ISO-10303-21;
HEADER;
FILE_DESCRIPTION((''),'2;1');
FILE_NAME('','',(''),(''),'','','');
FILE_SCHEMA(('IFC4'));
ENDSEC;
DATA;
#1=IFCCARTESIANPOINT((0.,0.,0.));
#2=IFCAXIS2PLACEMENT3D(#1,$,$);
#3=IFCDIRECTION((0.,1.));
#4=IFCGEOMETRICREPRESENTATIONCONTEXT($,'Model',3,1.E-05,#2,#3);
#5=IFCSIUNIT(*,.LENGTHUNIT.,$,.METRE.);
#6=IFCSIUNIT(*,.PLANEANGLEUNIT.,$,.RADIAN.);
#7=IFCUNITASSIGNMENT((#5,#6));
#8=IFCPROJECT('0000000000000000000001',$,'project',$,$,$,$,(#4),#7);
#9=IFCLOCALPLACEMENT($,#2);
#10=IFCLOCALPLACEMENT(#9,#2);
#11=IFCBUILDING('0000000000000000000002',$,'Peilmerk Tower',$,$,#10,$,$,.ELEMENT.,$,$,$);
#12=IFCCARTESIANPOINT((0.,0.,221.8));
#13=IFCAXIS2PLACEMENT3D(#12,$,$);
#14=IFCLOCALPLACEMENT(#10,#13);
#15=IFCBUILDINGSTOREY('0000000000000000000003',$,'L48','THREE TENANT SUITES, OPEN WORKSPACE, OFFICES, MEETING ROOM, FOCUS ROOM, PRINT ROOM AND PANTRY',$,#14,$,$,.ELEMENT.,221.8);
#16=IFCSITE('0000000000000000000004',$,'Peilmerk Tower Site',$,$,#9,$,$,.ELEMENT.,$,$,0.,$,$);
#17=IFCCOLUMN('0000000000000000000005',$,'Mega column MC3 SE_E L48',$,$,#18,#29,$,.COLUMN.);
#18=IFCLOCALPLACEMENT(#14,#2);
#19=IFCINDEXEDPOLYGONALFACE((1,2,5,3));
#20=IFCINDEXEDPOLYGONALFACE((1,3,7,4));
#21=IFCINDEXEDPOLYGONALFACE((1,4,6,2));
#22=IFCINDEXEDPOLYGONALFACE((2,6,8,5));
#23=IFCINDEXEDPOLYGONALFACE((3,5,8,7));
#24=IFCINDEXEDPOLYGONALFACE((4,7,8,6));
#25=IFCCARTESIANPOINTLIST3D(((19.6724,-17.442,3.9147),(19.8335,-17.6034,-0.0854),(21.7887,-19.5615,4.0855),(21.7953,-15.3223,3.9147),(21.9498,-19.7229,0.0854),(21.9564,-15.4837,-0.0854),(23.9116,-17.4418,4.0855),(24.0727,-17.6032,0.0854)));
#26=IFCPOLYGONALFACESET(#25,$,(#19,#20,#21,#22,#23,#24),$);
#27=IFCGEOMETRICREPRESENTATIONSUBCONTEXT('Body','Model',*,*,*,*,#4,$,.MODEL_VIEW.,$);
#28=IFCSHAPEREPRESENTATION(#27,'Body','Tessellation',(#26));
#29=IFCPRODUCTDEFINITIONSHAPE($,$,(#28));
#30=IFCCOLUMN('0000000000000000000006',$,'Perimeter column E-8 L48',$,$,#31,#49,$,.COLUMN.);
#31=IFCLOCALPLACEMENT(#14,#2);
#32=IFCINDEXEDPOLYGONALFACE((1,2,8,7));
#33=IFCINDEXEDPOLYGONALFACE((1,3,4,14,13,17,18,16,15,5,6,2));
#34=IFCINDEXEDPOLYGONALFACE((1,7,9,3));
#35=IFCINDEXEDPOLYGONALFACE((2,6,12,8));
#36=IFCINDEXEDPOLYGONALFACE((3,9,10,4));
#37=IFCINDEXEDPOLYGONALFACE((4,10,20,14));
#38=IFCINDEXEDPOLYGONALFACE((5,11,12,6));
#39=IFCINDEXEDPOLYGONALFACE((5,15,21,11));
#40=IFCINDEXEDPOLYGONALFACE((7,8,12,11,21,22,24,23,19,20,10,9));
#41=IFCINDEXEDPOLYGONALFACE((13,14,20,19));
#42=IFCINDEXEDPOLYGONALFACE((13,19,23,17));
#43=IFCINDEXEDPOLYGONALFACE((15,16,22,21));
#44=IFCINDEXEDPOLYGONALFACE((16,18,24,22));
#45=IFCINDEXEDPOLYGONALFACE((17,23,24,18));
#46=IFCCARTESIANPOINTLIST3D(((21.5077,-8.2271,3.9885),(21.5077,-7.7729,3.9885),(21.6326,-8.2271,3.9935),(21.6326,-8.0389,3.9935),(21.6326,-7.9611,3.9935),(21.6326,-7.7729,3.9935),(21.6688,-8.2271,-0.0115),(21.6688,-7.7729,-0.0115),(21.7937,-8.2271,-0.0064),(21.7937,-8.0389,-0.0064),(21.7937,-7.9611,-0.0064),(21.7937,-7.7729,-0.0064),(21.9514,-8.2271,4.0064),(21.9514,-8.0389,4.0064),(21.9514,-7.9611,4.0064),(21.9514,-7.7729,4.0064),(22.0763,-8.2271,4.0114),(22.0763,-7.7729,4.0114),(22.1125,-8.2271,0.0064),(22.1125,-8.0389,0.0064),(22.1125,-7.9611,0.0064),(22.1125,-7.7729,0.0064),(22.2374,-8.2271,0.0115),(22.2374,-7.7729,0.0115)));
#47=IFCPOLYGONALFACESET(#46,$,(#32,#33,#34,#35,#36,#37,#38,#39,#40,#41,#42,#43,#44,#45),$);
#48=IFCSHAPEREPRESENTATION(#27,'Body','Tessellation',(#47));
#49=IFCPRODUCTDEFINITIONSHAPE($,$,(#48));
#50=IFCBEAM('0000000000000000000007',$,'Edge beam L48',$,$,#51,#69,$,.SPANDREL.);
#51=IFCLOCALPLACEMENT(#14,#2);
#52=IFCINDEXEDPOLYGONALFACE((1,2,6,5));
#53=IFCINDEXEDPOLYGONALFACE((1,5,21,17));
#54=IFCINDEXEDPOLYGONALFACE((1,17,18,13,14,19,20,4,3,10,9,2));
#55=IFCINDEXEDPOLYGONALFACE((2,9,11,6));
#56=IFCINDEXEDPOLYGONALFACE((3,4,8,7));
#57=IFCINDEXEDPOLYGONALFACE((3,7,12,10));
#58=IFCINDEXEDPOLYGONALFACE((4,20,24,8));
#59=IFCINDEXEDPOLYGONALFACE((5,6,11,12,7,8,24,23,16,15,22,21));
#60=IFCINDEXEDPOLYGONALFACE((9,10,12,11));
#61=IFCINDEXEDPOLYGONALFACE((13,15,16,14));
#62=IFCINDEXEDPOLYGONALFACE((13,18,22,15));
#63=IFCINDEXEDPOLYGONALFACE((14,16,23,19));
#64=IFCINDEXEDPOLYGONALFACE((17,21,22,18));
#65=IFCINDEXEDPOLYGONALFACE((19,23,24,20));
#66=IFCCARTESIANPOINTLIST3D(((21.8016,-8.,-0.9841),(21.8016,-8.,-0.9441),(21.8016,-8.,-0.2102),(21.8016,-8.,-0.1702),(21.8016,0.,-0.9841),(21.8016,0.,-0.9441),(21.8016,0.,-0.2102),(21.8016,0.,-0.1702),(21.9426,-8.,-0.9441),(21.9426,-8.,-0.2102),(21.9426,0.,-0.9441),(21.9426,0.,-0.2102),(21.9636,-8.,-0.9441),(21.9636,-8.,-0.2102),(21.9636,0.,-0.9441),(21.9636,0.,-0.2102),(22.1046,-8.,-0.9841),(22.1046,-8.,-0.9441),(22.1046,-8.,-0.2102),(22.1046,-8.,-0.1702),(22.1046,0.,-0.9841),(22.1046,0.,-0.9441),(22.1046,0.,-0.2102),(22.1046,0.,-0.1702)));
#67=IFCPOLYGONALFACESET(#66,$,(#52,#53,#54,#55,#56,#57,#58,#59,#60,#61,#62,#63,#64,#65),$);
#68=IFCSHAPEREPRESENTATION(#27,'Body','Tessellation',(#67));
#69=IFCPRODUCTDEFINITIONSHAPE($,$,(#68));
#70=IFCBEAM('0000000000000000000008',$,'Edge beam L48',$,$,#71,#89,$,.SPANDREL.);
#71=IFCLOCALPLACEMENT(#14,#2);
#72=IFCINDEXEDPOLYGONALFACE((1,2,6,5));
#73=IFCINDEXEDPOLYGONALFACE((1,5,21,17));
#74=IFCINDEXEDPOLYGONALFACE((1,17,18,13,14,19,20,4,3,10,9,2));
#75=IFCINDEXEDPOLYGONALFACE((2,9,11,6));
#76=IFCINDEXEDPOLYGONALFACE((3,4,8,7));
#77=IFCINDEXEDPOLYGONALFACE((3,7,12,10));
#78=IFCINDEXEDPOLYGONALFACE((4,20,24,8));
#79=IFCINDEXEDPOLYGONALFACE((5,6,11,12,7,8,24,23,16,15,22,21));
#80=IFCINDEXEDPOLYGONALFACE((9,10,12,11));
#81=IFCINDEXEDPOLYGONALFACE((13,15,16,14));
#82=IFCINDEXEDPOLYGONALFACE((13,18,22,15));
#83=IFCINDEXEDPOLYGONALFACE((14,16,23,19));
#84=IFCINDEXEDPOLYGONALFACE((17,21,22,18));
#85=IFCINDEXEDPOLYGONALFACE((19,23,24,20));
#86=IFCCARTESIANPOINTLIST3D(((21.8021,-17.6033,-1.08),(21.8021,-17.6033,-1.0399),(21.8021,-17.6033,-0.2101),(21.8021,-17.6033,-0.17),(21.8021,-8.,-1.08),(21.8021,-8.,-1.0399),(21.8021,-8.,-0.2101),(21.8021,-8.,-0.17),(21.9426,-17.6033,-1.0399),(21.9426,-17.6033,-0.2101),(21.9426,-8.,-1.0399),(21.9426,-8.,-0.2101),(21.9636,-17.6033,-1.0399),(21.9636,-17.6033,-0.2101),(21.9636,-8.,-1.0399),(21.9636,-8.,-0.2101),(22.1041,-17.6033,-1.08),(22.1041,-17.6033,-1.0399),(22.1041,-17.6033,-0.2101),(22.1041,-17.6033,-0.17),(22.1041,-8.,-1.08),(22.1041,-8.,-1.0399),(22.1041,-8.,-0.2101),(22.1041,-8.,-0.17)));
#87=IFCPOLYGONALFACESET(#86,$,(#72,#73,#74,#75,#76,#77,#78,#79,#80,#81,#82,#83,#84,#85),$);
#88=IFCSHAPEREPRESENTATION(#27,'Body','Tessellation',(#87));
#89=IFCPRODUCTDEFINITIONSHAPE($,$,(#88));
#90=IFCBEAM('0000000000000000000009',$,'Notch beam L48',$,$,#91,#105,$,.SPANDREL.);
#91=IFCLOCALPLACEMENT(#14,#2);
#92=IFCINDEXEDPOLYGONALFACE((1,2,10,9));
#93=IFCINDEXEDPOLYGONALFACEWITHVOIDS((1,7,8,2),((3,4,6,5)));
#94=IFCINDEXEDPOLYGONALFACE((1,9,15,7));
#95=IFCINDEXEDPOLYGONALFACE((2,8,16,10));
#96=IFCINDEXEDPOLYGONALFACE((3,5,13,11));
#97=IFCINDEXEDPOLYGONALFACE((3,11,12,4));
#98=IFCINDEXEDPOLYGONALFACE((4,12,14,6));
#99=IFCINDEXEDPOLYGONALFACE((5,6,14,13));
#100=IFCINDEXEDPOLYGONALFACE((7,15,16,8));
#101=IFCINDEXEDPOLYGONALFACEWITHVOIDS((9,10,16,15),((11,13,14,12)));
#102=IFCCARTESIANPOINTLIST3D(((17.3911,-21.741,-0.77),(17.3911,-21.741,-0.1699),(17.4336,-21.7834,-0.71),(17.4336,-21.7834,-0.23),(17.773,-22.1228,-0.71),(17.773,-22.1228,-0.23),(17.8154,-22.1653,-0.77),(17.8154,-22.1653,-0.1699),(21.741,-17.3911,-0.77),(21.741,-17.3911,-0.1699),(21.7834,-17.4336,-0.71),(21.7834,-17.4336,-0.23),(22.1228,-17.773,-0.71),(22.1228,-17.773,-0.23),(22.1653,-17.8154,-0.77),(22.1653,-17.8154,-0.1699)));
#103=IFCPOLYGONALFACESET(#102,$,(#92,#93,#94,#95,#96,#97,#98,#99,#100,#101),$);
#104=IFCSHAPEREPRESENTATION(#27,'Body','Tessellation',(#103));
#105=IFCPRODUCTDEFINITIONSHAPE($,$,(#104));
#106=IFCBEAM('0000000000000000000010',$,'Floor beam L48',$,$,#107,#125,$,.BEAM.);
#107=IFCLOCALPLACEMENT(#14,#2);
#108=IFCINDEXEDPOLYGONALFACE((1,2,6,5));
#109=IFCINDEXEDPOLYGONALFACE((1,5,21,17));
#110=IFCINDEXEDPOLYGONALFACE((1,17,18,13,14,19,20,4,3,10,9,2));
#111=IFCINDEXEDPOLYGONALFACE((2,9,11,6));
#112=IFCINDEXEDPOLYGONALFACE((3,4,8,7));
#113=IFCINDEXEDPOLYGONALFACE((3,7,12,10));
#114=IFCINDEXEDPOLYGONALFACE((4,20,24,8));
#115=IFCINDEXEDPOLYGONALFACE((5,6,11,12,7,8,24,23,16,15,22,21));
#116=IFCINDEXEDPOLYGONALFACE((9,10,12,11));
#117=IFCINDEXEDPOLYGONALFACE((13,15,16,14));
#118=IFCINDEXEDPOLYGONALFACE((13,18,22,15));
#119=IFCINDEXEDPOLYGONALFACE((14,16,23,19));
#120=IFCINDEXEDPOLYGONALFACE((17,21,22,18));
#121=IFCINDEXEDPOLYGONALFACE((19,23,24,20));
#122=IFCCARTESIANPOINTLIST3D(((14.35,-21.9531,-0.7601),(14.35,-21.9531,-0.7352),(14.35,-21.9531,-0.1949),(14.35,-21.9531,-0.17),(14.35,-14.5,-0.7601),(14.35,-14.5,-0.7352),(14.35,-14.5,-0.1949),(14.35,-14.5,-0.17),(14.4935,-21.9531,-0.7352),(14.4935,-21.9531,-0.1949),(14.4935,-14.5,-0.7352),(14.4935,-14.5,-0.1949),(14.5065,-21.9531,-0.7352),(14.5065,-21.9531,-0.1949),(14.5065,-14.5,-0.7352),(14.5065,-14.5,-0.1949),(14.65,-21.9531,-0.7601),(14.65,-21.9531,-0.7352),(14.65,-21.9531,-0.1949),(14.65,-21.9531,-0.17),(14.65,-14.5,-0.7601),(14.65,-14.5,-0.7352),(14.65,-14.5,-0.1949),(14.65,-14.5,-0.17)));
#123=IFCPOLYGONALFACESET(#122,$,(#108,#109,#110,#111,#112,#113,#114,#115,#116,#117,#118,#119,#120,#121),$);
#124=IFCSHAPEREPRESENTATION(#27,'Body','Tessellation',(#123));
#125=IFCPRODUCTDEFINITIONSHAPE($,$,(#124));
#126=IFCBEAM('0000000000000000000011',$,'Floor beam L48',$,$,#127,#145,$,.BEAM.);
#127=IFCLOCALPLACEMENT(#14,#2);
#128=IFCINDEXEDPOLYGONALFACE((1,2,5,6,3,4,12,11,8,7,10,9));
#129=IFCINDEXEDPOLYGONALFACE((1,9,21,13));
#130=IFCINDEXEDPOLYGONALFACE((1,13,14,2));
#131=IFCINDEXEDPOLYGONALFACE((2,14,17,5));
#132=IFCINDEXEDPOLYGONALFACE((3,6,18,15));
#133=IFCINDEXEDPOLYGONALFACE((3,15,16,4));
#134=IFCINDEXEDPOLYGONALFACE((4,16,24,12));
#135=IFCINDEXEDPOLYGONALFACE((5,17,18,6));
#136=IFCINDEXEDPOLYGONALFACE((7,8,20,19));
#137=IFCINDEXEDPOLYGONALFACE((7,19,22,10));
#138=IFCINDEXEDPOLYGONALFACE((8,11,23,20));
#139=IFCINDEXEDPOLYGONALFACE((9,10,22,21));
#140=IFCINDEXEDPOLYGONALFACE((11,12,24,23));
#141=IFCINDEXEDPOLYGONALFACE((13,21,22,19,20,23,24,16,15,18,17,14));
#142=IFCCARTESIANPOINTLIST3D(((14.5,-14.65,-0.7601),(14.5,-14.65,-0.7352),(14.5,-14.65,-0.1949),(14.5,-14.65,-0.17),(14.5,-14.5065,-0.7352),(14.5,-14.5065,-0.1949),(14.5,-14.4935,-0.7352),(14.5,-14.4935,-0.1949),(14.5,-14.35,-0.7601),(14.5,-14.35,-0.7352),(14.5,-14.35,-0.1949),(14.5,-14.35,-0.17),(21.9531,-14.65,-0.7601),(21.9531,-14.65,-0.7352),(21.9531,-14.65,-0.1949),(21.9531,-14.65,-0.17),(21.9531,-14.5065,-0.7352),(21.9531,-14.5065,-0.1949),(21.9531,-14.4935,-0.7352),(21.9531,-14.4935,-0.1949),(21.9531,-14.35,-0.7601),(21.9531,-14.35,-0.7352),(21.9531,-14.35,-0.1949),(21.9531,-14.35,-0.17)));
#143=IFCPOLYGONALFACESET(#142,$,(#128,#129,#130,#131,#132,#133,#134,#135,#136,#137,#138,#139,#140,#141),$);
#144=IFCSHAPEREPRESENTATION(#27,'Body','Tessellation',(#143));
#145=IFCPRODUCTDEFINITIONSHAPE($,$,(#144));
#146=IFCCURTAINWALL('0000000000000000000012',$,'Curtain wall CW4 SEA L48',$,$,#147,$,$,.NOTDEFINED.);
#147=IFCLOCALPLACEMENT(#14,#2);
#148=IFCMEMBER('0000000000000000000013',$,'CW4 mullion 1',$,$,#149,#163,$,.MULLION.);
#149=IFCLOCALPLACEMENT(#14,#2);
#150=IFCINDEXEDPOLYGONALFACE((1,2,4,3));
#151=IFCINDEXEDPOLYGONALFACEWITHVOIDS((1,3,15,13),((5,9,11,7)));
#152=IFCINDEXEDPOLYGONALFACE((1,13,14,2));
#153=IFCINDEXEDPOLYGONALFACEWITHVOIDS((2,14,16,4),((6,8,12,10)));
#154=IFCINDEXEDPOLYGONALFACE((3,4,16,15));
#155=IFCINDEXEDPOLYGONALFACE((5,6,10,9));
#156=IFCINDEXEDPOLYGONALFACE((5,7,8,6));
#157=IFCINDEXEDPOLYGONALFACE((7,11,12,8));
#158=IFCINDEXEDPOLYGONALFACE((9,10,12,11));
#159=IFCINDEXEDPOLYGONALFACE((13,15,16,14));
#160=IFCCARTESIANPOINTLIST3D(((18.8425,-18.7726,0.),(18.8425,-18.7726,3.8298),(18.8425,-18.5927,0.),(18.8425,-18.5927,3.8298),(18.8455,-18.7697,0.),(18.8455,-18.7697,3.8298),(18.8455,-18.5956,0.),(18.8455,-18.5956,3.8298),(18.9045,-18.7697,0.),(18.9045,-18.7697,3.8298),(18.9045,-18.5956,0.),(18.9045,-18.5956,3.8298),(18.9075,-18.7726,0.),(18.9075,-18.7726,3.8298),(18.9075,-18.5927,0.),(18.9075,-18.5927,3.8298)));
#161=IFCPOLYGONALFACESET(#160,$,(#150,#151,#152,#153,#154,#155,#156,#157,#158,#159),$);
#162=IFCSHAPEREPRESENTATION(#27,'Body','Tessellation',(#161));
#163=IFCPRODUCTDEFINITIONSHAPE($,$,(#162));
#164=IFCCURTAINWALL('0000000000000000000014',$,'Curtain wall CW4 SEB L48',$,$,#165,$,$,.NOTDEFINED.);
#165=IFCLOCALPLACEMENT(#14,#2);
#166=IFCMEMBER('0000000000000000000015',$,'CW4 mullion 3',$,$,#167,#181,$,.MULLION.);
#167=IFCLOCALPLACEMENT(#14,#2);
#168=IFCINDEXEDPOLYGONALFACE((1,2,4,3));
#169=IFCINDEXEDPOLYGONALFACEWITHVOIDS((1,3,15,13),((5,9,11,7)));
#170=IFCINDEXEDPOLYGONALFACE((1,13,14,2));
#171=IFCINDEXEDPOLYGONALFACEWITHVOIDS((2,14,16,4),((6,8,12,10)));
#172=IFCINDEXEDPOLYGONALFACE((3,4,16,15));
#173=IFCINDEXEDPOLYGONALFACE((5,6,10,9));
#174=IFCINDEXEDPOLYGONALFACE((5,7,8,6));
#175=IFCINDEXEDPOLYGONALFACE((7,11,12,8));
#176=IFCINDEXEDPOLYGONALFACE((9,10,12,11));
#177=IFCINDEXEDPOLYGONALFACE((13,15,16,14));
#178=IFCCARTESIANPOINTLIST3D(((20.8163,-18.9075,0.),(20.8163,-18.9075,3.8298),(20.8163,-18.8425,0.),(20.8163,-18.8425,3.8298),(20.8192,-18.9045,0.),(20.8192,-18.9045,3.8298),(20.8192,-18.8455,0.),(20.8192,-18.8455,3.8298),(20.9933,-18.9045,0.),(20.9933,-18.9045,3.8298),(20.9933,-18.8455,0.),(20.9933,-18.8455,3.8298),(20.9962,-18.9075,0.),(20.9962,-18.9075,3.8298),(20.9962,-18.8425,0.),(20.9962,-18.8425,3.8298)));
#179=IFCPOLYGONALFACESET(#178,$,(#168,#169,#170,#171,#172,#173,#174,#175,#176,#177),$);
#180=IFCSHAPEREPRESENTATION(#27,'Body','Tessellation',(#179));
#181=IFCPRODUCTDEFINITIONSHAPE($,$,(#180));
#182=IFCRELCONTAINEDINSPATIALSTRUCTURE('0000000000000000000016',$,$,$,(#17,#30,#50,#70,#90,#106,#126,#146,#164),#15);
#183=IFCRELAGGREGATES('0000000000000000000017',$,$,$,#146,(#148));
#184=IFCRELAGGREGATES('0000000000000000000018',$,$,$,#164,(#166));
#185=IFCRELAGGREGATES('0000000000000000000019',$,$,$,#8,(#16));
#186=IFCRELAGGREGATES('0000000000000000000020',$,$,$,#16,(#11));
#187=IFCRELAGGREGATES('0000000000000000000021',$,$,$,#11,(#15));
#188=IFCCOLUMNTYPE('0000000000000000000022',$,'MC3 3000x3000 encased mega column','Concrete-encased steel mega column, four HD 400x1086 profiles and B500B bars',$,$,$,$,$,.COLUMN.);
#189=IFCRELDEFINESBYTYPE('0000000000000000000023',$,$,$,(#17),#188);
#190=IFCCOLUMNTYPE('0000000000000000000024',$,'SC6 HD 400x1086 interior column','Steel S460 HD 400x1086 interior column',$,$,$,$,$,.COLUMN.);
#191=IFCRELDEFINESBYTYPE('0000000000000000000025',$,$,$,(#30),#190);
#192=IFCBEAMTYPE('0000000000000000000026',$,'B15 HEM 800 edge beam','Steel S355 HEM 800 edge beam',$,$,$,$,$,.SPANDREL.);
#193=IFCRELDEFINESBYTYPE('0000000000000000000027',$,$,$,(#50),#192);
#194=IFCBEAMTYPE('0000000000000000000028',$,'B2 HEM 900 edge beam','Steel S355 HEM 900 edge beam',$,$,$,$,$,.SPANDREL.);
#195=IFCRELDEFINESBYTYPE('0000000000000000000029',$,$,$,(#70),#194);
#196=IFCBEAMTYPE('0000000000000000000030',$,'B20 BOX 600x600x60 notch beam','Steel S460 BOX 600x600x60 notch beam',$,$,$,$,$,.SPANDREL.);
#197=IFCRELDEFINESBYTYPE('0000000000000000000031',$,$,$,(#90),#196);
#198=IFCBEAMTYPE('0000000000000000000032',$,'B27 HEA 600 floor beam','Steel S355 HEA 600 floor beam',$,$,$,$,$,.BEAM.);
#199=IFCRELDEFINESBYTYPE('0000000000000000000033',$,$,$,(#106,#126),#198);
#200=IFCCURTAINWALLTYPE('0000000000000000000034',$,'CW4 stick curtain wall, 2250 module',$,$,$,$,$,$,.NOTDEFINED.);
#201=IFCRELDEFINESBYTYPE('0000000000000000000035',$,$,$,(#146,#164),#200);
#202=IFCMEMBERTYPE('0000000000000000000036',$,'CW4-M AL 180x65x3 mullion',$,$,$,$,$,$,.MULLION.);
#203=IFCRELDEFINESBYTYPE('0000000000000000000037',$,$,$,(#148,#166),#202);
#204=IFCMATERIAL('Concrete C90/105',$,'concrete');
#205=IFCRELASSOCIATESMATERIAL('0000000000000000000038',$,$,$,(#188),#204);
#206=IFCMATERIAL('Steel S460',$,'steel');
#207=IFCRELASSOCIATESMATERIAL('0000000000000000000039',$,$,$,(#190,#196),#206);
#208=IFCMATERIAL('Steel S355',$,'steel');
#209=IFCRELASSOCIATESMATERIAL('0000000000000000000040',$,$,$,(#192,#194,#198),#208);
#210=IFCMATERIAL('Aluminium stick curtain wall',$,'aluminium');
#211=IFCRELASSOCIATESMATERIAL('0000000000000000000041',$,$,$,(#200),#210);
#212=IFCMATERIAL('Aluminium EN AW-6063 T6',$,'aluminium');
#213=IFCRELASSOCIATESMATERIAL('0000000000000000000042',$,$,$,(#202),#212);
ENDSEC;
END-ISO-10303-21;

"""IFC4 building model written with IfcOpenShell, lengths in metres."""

from ifc_helpers import new_model, si_unit, direction, frame, origin, origin_2d, place, context, subcontext, project, spatial, rectangle, hollow_rectangle, i_section, extrude, material, material_profile, profile_set, type_object, element, aggregate, save


model = new_model("IFC4")

# Units and contexts
model_context = context("Model", 3, precision=1e-05, world=origin(), true_north=direction((0.0, 1.0)))
body_context = subcontext(model_context, "Body", "Model", "MODEL_VIEW")
ifc_project = project(units=[si_unit("LENGTHUNIT", "METRE"), si_unit("PLANEANGLEUNIT", "RADIAN")], contexts=[model_context])

# Site, building, storey
site_placement = place(None, origin())
site = spatial("IfcSite", under=ifc_project, at=site_placement, Name="Peilmerk Tower Site", CompositionType="ELEMENT", RefElevation=0.0)
building_placement = place(site_placement, origin())
building = spatial("IfcBuilding", under=site, at=building_placement, Name="Peilmerk Tower", CompositionType="ELEMENT")
storey_placement = place(building_placement, frame((0.0, 0.0, 221.8)))
storey = spatial("IfcBuildingStorey", under=building, at=storey_placement, Name="L48", Description="THREE TENANT SUITES, OPEN WORKSPACE, OFFICES, MEETING ROOM, FOCUS ROOM, PRINT ROOM AND PANTRY", CompositionType="ELEMENT", Elevation=221.8)

# Columns
ifc_material_1 = material(Name="Concrete C90/105", Category="concrete")
ifc_material_profile_1 = material_profile(ifc_material_1, rectangle(XDim=3.0, YDim=3.0, at=origin_2d()), Name="RC 3000x3000")
ifc_profile_set_1 = profile_set([ifc_material_profile_1], Name="Concrete C90/105")
column_type_1 = type_object("IfcColumnType", Name="MC3 3000x3000 encased mega column", Description="Concrete-encased steel mega column, four HD 400x1086 profiles and B500B bars", PredefinedType="COLUMN", material=ifc_profile_set_1)
column_1_placement = place(storey_placement, frame((21.9531, -17.6033, 0.0), z_axis=(-0.040218, 0.040279, 0.998379), x_axis=(-0.707642, -0.706571, 0.0)))
element("IfcColumn", 1, at=column_1_placement, inside=storey, type_object=column_type_1, Name="Mega column MC3 SE_E L48", PredefinedType="COLUMN", context=body_context, shape_type="SweptSolid", body=[
    extrude(rectangle(XDim=3.0, YDim=3.0, at=origin_2d()), origin(), (0.0, 0.0, 1.0), 4.0066),
])
ifc_material_2 = material(Name="Steel S460", Category="steel")
ifc_material_profile_2 = material_profile(ifc_material_2, i_section(OverallWidth=0.4541, OverallDepth=0.5691, WebThickness=0.0779, FlangeThickness=0.125, at=origin_2d()), Name="HD 400x1086")
ifc_profile_set_2 = profile_set([ifc_material_profile_2], Name="Steel S460")
column_type_2 = type_object("IfcColumnType", Name="SC6 HD 400x1086 interior column", Description="Steel S460 HD 400x1086 interior column", PredefinedType="COLUMN", material=ifc_profile_set_2)
column_2_placement = place(storey_placement, frame((21.9531, -8.0, 0.0), z_axis=(-0.040251, 0.0, 0.99919), x_axis=(0.0, -1.0, 0.0)))
element("IfcColumn", 2, at=column_2_placement, inside=storey, type_object=column_type_2, Name="Perimeter column E-8 L48", PredefinedType="COLUMN", context=body_context, shape_type="SweptSolid", body=[
    extrude(i_section(OverallWidth=0.4541, OverallDepth=0.5691, WebThickness=0.0779, FlangeThickness=0.125, at=origin_2d()), origin(), (0.0, 0.0, 1.0), 4.0032),
])

# Beams
ifc_material_3 = material(Name="Steel S355", Category="steel")
ifc_material_profile_3 = material_profile(ifc_material_3, i_section(OverallWidth=0.303, OverallDepth=0.814, WebThickness=0.021, FlangeThickness=0.04, at=origin_2d()), Name="HEM 800")
ifc_profile_set_3 = profile_set([ifc_material_profile_3], Name="Steel S355")
beam_type_1 = type_object("IfcBeamType", Name="B15 HEM 800 edge beam", Description="Steel S355 HEM 800 edge beam", PredefinedType="SPANDREL", material=ifc_profile_set_3)
beam_1_placement = place(storey_placement, frame((21.9531, -8.0, -0.5771), z_axis=(0.0, 1.0, 0.0), x_axis=(-1.0, 0.0, 0.0)))
element("IfcBeam", 3, at=beam_1_placement, inside=storey, type_object=beam_type_1, Name="Edge beam L48", PredefinedType="SPANDREL", context=body_context, shape_type="SweptSolid", body=[
    extrude(i_section(OverallWidth=0.303, OverallDepth=0.814, WebThickness=0.021, FlangeThickness=0.04, at=origin_2d()), origin(), (0.0, 0.0, 1.0), 8.0),
])
ifc_material_profile_4 = material_profile(ifc_material_3, i_section(OverallWidth=0.302, OverallDepth=0.9099, WebThickness=0.021, FlangeThickness=0.04, at=origin_2d()), Name="HEM 900")
ifc_profile_set_4 = profile_set([ifc_material_profile_4], Name="Steel S355")
beam_type_2 = type_object("IfcBeamType", Name="B2 HEM 900 edge beam", Description="Steel S355 HEM 900 edge beam", PredefinedType="SPANDREL", material=ifc_profile_set_4)
beam_2_placement = place(storey_placement, frame((21.9531, -17.6033, -0.625), z_axis=(0.0, 1.0, 0.0), x_axis=(-1.0, 0.0, 0.0)))
element("IfcBeam", 4, at=beam_2_placement, inside=storey, type_object=beam_type_2, Name="Edge beam L48", PredefinedType="SPANDREL", context=body_context, shape_type="SweptSolid", body=[
    extrude(i_section(OverallWidth=0.302, OverallDepth=0.9099, WebThickness=0.021, FlangeThickness=0.04, at=origin_2d()), origin(), (0.0, 0.0, 1.0), 9.6033),
])
ifc_material_profile_5 = material_profile(ifc_material_2, hollow_rectangle(XDim=0.6001, YDim=0.6001, WallThickness=0.0601, at=origin_2d()), Name="BOX 600x600x60")
ifc_profile_set_5 = profile_set([ifc_material_profile_5], Name="Steel S460")
beam_type_3 = type_object("IfcBeamType", Name="B20 BOX 600x600x60 notch beam", Description="Steel S460 BOX 600x600x60 notch beam", PredefinedType="SPANDREL", material=ifc_profile_set_5)
beam_3_placement = place(storey_placement, frame((21.9531, -17.6033, -0.47), z_axis=(-0.707107, -0.707107, 0.0), x_axis=(0.707107, -0.707107, 0.0)))
element("IfcBeam", 5, at=beam_3_placement, inside=storey, type_object=beam_type_3, Name="Notch beam L48", PredefinedType="SPANDREL", context=body_context, shape_type="SweptSolid", body=[
    extrude(hollow_rectangle(XDim=0.6001, YDim=0.6001, WallThickness=0.0601, at=origin_2d()), origin(), (0.0, 0.0, 1.0), 6.1516),
])
ifc_material_profile_6 = material_profile(ifc_material_3, i_section(OverallWidth=0.3, OverallDepth=0.5901, WebThickness=0.0129, FlangeThickness=0.0249, at=origin_2d()), Name="HEA 600")
ifc_profile_set_6 = profile_set([ifc_material_profile_6], Name="Steel S355")
beam_type_4 = type_object("IfcBeamType", Name="B27 HEA 600 floor beam", Description="Steel S355 HEA 600 floor beam", PredefinedType="BEAM", material=ifc_profile_set_6)
for number, where, z_axis, x_axis, name in (
    (6, (14.5, -14.5, -0.4651), (0.0, -1.0, 0.0), (1.0, 0.0, 0.0), "Floor beam L48"),
    (7, (14.5, -14.5, -0.4651), (1.0, 0.0, 0.0), (0.0, 1.0, 0.0), "Floor beam L48"),
):
    element("IfcBeam", number, at=place(storey_placement, frame(where, z_axis=z_axis, x_axis=x_axis)), inside=storey, type_object=beam_type_4, Name=name, PredefinedType="BEAM", context=body_context, shape_type="SweptSolid", body=[
        extrude(i_section(OverallWidth=0.3, OverallDepth=0.5901, WebThickness=0.0129, FlangeThickness=0.0249, at=origin_2d()), origin(), (0.0, 0.0, 1.0), 7.4531),
    ])

# Curtain walls, members
ifc_material_4 = material(Name="Aluminium stick curtain wall", Category="aluminium")
curtain_wall_type = type_object("IfcCurtainWallType", Name="CW4 stick curtain wall, 2250 module", PredefinedType="NOTDEFINED", material=ifc_material_4)
curtain_wall_1_placement = place(storey_placement, origin())
curtain_wall_1 = element("IfcCurtainWall", 8, at=curtain_wall_1_placement, inside=storey, type_object=curtain_wall_type, Name="Curtain wall CW4 SEA L48", PredefinedType="NOTDEFINED")
ifc_material_5 = material(Name="Aluminium EN AW-6063 T6", Category="aluminium")
ifc_material_profile_7 = material_profile(ifc_material_5, hollow_rectangle(XDim=0.0649, YDim=0.1799, WallThickness=0.0029, at=origin_2d()), Name="AL 180x65x3")
ifc_profile_set_7 = profile_set([ifc_material_profile_7], Name="Aluminium EN AW-6063 T6")
member_type_1 = type_object("IfcMemberType", Name="CW4-M AL 180x65x3 mullion", PredefinedType="MULLION", material=ifc_profile_set_7)
member_1_placement = place(storey_placement, frame((18.875, -18.6826, 0.0), z_axis=(0.0, 0.0, 1.0), x_axis=(1.0, 0.0, 0.0)))
member_1 = element("IfcMember", 9, at=member_1_placement, type_object=member_type_1, Name="CW4 mullion 1", PredefinedType="MULLION", context=body_context, shape_type="SweptSolid", body=[
    extrude(hollow_rectangle(XDim=0.0649, YDim=0.1799, WallThickness=0.0029, at=origin_2d()), origin(), (0.0, 0.0, 1.0), 3.8298),
])
curtain_wall_2_placement = place(storey_placement, origin())
curtain_wall_2 = element("IfcCurtainWall", 10, at=curtain_wall_2_placement, inside=storey, type_object=curtain_wall_type, Name="Curtain wall CW4 SEB L48", PredefinedType="NOTDEFINED")
member_2_placement = place(storey_placement, frame((20.9062, -18.875, 0.0), z_axis=(0.0, 0.0, 1.0), x_axis=(0.0, 1.0, 0.0)))
member_2 = element("IfcMember", 11, at=member_2_placement, type_object=member_type_1, Name="CW4 mullion 3", PredefinedType="MULLION", context=body_context, shape_type="SweptSolid", body=[
    extrude(hollow_rectangle(XDim=0.0649, YDim=0.1799, WallThickness=0.0029, at=origin_2d()), origin(), (0.0, 0.0, 1.0), 3.8298),
])

aggregate(curtain_wall_1, [member_1])

aggregate(curtain_wall_2, [member_2])

save(model, "model.ifc")
